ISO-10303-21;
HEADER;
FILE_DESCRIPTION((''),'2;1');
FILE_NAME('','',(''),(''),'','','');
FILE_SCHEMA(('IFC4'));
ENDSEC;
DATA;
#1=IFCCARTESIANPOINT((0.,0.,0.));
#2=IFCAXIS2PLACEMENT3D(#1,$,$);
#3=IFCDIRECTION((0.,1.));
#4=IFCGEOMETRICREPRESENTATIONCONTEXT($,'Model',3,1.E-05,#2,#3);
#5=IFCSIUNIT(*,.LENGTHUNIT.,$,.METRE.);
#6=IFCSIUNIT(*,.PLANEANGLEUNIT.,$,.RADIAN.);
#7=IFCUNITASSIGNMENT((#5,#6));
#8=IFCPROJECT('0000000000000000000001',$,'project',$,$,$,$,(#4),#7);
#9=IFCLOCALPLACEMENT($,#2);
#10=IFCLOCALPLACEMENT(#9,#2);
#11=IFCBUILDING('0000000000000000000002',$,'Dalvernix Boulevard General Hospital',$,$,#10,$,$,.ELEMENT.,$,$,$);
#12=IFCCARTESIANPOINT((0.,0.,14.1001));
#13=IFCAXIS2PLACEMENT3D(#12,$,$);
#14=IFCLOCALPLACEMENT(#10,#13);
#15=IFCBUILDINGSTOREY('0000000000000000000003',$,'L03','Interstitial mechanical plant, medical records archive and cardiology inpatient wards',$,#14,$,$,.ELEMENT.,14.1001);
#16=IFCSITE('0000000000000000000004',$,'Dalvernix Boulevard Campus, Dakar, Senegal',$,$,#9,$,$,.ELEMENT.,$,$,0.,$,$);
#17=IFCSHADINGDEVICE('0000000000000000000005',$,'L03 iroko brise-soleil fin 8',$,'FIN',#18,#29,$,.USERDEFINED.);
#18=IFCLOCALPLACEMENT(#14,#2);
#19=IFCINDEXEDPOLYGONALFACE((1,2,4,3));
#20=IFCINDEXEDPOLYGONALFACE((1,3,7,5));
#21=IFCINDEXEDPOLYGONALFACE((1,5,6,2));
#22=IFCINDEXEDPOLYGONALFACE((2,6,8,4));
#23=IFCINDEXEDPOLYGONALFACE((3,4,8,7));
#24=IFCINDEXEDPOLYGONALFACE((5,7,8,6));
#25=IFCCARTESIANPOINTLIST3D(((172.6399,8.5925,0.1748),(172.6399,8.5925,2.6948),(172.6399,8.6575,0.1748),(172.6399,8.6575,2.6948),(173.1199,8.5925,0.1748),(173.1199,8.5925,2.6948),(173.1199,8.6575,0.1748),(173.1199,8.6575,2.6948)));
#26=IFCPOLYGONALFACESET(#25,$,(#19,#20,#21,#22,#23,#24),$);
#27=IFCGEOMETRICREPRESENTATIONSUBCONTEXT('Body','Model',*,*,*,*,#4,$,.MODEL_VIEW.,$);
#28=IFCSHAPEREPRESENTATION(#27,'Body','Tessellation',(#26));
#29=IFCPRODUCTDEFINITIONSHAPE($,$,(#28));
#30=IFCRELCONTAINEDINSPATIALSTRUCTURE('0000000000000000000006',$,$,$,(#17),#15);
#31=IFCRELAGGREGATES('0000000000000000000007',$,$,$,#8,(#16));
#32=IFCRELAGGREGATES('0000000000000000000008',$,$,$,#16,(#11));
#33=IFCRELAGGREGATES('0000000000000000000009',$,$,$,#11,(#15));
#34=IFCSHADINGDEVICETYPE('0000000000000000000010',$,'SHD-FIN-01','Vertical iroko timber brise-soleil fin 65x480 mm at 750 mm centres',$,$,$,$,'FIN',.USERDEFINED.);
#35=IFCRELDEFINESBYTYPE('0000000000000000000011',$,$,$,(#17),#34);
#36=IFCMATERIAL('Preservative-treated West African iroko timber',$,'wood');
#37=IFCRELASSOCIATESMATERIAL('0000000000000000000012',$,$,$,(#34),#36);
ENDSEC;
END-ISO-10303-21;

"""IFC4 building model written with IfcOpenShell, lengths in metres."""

from ifc_helpers import new_model, si_unit, direction, frame, origin, origin_2d, place, context, subcontext, project, spatial, rectangle, extrude, material, type_object, element, save


model = new_model("IFC4")

# Units and contexts
model_context = context("Model", 3, precision=1e-05, world=origin(), true_north=direction((0.0, 1.0)))
body_context = subcontext(model_context, "Body", "Model", "MODEL_VIEW")
ifc_project = project(units=[si_unit("LENGTHUNIT", "METRE"), si_unit("PLANEANGLEUNIT", "RADIAN")], contexts=[model_context])

# Site, building, storey
site_placement = place(None, origin())
site = spatial("IfcSite", under=ifc_project, at=site_placement, Name="Dalvernix Boulevard Campus, Dakar, Senegal", CompositionType="ELEMENT", RefElevation=0.0)
building_placement = place(site_placement, origin())
building = spatial("IfcBuilding", under=site, at=building_placement, Name="Dalvernix Boulevard General Hospital", CompositionType="ELEMENT")
storey_placement = place(building_placement, frame((0.0, 0.0, 14.1001)))
storey = spatial("IfcBuildingStorey", under=building, at=storey_placement, Name="L03", Description="Interstitial mechanical plant, medical records archive and cardiology inpatient wards", CompositionType="ELEMENT", Elevation=14.1001)

# Shading device
ifc_material_1 = material(Name="Preservative-treated West African iroko timber", Category="wood")
shading_device_type = type_object("IfcShadingDeviceType", Name="SHD-FIN-01", Description="Vertical iroko timber brise-soleil fin 65x480 mm at 750 mm centres", ElementType="FIN", PredefinedType="USERDEFINED", material=ifc_material_1)
for number, where, z_axis, x_axis, name in (
    (1, (172.8799, 8.625, 0.1748), (0.0, 0.0, 1.0), (0.0, -1.0, 0.0), "L03 iroko brise-soleil fin 8"),
):
    element("IfcShadingDevice", number, at=place(storey_placement, frame(where, z_axis=z_axis, x_axis=x_axis)), inside=storey, type_object=shading_device_type, Name=name, ObjectType="FIN", PredefinedType="USERDEFINED", context=body_context, shape_type="SweptSolid", body=[
        extrude(rectangle(XDim=0.0649, YDim=0.48, at=origin_2d()), origin(), (0.0, 0.0, 1.0), 2.52),
    ])

save(model, "model.ifc")
